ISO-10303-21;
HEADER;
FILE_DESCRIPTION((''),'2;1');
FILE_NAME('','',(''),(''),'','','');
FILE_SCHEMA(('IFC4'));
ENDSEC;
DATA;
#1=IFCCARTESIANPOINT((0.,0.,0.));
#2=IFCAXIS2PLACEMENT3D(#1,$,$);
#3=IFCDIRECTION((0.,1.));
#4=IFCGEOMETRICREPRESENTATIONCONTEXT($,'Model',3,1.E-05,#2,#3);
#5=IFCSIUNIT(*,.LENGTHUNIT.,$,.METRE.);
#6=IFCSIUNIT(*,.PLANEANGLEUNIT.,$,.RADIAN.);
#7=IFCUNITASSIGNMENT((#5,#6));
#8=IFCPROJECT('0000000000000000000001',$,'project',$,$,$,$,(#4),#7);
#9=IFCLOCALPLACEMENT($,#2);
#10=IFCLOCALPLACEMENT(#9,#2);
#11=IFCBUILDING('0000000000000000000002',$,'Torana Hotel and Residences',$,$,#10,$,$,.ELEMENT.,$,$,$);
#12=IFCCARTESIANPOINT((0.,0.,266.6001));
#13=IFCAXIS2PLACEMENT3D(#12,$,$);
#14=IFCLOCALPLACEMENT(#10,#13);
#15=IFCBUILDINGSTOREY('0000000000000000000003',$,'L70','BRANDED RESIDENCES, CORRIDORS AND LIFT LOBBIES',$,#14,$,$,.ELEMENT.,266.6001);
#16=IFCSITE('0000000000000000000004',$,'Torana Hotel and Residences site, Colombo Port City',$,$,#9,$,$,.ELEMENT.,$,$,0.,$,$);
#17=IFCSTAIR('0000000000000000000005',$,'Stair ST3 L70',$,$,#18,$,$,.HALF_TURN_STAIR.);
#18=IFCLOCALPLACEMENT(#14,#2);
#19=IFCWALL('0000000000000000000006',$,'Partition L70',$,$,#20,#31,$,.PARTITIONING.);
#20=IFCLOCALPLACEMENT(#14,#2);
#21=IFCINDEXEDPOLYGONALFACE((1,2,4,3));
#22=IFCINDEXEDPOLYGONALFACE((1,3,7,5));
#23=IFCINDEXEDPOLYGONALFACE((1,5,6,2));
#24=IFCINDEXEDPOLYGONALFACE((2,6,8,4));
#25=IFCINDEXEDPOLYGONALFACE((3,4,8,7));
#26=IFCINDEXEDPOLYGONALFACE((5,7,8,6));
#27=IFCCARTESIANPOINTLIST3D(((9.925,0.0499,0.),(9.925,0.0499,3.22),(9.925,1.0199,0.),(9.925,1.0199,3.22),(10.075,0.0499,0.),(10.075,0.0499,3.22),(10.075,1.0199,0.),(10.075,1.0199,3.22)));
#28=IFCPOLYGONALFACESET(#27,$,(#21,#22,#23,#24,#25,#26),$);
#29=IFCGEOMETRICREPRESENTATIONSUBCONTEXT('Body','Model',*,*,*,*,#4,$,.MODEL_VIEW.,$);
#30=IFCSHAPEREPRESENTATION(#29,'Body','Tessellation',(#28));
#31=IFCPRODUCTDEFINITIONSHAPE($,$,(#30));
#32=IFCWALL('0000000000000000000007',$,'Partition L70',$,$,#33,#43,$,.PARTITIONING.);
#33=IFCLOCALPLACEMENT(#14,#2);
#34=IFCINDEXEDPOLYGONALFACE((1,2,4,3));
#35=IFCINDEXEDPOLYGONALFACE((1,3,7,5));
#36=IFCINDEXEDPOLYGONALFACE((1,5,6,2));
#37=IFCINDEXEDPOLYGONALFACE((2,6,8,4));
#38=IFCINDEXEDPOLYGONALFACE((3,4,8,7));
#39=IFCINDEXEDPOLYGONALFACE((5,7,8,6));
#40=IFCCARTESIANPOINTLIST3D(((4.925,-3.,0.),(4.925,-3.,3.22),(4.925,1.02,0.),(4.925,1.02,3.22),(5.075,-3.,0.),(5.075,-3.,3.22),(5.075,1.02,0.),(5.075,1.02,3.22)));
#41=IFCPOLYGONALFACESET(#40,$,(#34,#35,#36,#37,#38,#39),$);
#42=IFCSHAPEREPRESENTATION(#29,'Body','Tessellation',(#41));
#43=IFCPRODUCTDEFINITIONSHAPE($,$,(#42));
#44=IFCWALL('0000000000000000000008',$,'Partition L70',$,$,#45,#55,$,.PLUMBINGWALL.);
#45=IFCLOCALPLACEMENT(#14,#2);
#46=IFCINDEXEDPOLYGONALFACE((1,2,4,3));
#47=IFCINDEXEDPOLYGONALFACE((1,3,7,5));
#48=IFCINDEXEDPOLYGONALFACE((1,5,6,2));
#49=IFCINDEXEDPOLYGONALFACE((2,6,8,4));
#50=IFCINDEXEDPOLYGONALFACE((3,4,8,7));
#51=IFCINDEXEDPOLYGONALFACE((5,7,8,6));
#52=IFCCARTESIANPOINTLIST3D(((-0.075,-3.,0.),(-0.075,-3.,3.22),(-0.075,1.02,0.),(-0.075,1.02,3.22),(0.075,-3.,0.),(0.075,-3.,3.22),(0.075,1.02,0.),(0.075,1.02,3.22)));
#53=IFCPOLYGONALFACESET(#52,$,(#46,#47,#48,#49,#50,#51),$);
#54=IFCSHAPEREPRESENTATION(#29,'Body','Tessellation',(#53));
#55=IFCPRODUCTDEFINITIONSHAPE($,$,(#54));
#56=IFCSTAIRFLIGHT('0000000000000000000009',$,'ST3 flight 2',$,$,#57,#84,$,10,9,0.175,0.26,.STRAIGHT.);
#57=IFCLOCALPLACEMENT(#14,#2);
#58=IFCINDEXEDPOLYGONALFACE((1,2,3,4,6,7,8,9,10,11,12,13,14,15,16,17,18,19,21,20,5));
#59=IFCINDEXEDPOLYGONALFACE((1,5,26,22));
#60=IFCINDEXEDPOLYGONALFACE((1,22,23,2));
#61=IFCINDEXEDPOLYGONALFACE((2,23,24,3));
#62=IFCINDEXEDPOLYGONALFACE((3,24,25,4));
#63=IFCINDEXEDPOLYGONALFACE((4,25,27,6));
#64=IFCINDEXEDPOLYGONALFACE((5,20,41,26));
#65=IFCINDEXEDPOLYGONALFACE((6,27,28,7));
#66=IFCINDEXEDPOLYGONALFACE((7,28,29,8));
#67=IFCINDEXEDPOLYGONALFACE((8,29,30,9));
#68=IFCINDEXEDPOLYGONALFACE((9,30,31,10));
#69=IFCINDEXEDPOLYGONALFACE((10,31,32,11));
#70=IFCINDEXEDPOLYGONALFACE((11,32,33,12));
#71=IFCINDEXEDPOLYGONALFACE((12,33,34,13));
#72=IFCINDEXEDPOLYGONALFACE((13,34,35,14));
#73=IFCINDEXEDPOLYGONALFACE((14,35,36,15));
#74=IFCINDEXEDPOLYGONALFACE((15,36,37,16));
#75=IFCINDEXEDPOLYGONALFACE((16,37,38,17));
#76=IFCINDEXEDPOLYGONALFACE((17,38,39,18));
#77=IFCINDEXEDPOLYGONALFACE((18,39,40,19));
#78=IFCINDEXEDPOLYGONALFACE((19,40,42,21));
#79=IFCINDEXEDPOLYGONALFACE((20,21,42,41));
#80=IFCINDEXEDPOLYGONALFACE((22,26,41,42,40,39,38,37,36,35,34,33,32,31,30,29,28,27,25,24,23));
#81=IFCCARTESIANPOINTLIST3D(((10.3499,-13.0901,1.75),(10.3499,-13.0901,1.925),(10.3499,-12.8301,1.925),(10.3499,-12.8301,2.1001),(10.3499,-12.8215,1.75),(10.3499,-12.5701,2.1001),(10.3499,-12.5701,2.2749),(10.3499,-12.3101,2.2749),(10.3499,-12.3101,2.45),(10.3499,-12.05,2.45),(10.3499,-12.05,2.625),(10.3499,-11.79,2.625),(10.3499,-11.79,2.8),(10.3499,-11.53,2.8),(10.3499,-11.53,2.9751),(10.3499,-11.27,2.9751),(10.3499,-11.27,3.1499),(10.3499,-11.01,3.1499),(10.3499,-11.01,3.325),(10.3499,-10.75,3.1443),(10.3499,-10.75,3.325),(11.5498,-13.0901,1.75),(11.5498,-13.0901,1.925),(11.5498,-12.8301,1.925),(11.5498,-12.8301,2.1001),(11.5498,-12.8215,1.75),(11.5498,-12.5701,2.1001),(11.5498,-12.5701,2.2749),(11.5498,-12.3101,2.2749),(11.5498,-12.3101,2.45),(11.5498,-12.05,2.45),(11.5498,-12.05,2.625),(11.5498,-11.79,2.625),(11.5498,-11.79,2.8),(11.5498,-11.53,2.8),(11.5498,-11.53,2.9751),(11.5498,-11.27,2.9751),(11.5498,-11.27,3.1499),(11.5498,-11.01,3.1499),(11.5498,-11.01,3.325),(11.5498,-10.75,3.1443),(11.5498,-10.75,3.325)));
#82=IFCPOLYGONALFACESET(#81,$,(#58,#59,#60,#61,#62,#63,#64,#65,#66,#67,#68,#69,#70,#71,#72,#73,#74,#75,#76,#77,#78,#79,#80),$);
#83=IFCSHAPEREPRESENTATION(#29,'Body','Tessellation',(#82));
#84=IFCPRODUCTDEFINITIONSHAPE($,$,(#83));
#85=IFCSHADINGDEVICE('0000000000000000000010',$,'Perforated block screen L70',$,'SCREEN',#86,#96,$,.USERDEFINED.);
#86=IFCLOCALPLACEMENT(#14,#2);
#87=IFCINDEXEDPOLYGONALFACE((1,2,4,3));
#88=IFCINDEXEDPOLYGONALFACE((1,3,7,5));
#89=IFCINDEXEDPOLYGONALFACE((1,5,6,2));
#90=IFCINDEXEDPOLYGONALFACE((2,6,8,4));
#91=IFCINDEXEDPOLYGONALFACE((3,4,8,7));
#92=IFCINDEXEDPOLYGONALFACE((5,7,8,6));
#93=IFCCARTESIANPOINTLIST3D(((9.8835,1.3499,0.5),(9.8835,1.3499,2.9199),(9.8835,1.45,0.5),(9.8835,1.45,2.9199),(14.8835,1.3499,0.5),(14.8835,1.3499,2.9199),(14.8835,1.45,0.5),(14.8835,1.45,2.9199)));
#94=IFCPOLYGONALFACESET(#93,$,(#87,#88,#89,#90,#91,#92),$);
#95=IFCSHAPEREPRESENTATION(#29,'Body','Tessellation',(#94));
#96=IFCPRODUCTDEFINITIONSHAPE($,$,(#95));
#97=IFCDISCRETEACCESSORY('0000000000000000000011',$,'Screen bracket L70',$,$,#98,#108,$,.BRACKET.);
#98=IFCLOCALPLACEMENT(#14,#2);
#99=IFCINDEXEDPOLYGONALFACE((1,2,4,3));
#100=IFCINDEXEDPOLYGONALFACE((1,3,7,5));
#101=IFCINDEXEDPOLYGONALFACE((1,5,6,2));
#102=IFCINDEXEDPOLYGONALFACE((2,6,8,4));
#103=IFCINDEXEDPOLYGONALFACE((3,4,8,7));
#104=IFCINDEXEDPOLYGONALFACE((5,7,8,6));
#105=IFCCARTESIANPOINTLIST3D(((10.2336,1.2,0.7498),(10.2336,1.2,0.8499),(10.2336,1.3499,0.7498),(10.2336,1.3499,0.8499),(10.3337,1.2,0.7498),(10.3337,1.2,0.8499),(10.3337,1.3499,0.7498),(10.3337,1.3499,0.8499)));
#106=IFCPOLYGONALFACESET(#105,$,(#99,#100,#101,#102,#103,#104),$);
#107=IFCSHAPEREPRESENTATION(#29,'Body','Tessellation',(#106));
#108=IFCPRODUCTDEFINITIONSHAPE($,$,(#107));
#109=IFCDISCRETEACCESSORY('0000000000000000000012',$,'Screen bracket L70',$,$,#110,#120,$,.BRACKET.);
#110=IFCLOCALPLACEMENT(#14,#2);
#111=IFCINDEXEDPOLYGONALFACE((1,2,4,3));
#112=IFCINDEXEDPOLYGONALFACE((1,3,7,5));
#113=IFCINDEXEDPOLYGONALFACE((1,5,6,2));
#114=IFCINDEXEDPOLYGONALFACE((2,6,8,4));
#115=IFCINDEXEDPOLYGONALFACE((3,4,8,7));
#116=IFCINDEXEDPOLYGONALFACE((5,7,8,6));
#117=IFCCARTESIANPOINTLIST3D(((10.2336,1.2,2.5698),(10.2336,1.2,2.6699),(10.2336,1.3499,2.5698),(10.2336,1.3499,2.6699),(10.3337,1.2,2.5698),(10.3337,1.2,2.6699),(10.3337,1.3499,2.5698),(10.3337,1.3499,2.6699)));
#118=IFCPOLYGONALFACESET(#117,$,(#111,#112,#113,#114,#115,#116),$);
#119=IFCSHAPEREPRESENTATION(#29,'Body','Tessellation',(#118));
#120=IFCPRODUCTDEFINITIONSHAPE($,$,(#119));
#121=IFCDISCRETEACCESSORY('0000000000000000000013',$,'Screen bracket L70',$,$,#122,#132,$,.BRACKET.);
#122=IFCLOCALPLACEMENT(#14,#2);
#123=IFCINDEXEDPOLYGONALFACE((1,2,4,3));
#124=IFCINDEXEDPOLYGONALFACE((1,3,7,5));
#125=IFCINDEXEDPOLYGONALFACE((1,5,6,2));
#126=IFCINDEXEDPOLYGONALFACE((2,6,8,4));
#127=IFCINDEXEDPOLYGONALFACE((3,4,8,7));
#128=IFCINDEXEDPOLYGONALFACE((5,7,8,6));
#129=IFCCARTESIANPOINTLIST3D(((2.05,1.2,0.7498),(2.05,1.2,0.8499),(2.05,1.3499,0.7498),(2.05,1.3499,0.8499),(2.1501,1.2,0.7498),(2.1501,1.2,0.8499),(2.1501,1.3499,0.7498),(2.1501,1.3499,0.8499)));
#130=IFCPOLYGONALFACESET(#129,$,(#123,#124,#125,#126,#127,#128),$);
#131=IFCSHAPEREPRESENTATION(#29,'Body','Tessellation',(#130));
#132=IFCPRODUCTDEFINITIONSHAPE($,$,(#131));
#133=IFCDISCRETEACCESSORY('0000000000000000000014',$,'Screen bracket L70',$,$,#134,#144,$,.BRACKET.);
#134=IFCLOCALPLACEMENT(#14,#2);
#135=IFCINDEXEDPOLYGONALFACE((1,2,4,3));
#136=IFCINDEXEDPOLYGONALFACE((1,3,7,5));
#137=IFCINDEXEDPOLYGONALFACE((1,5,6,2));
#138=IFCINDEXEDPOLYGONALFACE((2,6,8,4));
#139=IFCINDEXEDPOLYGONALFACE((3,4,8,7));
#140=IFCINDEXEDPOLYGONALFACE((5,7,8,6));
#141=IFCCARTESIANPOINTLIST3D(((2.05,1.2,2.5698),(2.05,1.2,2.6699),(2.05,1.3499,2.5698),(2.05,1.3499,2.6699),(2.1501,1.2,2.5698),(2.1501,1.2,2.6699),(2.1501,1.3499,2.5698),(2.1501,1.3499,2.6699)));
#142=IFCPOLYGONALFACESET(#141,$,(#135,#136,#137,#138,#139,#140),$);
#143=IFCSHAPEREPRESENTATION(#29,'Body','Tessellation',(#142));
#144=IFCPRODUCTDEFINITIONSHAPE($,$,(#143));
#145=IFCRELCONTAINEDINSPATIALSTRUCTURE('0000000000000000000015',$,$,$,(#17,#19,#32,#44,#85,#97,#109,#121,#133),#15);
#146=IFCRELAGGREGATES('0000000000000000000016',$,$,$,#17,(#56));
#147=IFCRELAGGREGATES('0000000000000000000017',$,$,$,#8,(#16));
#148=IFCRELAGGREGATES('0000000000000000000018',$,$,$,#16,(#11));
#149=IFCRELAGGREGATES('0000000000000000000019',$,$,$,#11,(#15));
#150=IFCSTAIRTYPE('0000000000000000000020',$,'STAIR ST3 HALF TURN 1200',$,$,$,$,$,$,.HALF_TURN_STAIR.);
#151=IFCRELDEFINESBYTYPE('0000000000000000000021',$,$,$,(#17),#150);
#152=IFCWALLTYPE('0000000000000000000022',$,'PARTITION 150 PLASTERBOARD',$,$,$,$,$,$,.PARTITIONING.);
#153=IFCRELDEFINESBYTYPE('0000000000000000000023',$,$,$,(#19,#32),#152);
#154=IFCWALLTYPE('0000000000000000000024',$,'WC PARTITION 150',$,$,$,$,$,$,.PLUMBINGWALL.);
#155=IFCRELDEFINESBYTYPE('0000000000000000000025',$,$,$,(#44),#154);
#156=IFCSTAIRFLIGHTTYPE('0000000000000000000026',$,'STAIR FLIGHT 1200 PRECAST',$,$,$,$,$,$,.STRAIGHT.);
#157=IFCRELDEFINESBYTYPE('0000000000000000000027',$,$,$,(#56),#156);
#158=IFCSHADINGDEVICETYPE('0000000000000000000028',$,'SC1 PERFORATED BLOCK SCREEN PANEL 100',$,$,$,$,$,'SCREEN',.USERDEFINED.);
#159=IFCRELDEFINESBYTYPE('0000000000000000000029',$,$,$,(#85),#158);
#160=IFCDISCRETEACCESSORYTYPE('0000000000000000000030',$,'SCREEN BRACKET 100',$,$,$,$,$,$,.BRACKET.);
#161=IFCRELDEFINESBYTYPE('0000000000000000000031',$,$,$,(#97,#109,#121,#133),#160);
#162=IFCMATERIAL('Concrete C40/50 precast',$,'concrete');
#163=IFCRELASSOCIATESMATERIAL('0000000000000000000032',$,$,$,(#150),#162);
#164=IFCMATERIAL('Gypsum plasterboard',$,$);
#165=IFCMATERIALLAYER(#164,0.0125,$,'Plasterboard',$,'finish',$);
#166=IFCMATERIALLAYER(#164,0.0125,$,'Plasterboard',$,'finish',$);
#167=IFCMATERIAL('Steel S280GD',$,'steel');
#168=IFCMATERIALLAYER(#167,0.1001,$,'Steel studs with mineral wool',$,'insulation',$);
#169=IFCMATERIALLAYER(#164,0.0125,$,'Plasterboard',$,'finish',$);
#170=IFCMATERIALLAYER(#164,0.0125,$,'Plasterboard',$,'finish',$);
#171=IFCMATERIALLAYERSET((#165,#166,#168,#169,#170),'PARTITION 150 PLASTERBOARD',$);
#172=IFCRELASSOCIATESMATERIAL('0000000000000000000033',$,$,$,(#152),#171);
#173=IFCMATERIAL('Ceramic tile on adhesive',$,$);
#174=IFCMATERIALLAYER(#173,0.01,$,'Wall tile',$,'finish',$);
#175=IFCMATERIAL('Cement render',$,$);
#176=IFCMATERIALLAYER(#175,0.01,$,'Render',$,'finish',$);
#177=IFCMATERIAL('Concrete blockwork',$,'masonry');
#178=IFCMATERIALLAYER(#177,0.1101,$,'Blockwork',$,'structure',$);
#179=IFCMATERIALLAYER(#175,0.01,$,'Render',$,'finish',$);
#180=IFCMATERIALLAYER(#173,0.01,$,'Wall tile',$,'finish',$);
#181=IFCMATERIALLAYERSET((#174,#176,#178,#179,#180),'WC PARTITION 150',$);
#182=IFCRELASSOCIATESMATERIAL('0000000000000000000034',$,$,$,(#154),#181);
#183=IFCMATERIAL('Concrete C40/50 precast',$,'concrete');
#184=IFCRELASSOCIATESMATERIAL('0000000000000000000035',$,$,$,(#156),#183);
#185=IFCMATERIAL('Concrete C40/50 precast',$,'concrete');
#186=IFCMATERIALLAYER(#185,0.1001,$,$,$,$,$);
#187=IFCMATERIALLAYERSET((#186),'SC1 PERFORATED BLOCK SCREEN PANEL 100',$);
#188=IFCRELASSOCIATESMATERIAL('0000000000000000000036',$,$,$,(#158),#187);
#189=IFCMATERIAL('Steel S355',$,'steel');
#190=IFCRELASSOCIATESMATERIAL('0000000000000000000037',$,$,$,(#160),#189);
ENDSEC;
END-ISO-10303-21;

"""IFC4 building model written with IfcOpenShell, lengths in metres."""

from ifc_helpers import new_model, si_unit, direction, frame, frame_2d, origin, origin_2d, place, context, subcontext, project, spatial, polyline, rectangle, outline, extrude, material, layer, layer_set, type_object, element, aggregate, save


model = new_model("IFC4")

# Units and contexts
model_context = context("Model", 3, precision=1e-05, world=origin(), true_north=direction((0.0, 1.0)))
body_context = subcontext(model_context, "Body", "Model", "MODEL_VIEW")
ifc_project = project(units=[si_unit("LENGTHUNIT", "METRE"), si_unit("PLANEANGLEUNIT", "RADIAN")], contexts=[model_context])

# Site, building, storey
site_placement = place(None, origin())
site = spatial("IfcSite", under=ifc_project, at=site_placement, Name="Torana Hotel and Residences site, Colombo Port City", CompositionType="ELEMENT", RefElevation=0.0)
building_placement = place(site_placement, origin())
building = spatial("IfcBuilding", under=site, at=building_placement, Name="Torana Hotel and Residences", CompositionType="ELEMENT")
storey_placement = place(building_placement, frame((0.0, 0.0, 266.6001)))
storey = spatial("IfcBuildingStorey", under=building, at=storey_placement, Name="L70", Description="BRANDED RESIDENCES, CORRIDORS AND LIFT LOBBIES", CompositionType="ELEMENT", Elevation=266.6001)

# Stair
ifc_material_1 = material(Name="Concrete C40/50 precast", Category="concrete")
stair_type_1 = type_object("IfcStairType", Name="STAIR ST3 HALF TURN 1200", PredefinedType="HALF_TURN_STAIR", material=ifc_material_1)
stair_1_placement = place(storey_placement, origin())
stair_1 = element("IfcStair", 1, at=stair_1_placement, inside=storey, type_object=stair_type_1, Name="Stair ST3 L70", PredefinedType="HALF_TURN_STAIR")

# Walls
ifc_material_2 = material(Name="Concrete blockwork", Category="masonry")
ifc_material_3 = material(Name="Gypsum plasterboard")
ifc_layer_1 = layer(ifc_material_3, 0.0125, Name="Plasterboard", Category="finish")
ifc_layer_2 = layer(ifc_material_3, 0.0125, Name="Plasterboard", Category="finish")
ifc_material_4 = material(Name="Steel S280GD", Category="steel")
ifc_layer_3 = layer(ifc_material_4, 0.1001, Name="Steel studs with mineral wool", Category="insulation")
ifc_layer_4 = layer(ifc_material_3, 0.0125, Name="Plasterboard", Category="finish")
ifc_layer_5 = layer(ifc_material_3, 0.0125, Name="Plasterboard", Category="finish")
ifc_layer_set_1 = layer_set([ifc_layer_1, ifc_layer_2, ifc_layer_3, ifc_layer_4, ifc_layer_5], Name="PARTITION 150 PLASTERBOARD")
wall_type_1 = type_object("IfcWallType", Name="PARTITION 150 PLASTERBOARD", PredefinedType="PARTITIONING", material=ifc_layer_set_1)
wall_1_placement = place(storey_placement, frame((10.0, 0.05, 0.0), z_axis=(0.0, 0.0, 1.0), x_axis=(0.0, 1.0, 0.0)))
element("IfcWall", 2, at=wall_1_placement, inside=storey, type_object=wall_type_1, Name="Partition L70", PredefinedType="PARTITIONING", context=body_context, shape_type="SweptSolid", body=[
    extrude(rectangle(XDim=0.97, YDim=0.1499, at=frame_2d((0.4849, 0.0))), origin(), (0.0, 0.0, 1.0), 3.22),
])
wall_2_placement = place(storey_placement, frame((5.0, -3.0, 0.0), z_axis=(0.0, 0.0, 1.0), x_axis=(0.0, 1.0, 0.0)))
element("IfcWall", 3, at=wall_2_placement, inside=storey, type_object=wall_type_1, Name="Partition L70", PredefinedType="PARTITIONING", context=body_context, shape_type="SweptSolid", body=[
    extrude(rectangle(XDim=4.02, YDim=0.1499, at=frame_2d((2.01, 0.0))), origin(), (0.0, 0.0, 1.0), 3.22),
])
ifc_material_5 = material(Name="Ceramic tile on adhesive")
ifc_layer_6 = layer(ifc_material_5, 0.01, Name="Wall tile", Category="finish")
ifc_material_6 = material(Name="Cement render")
ifc_layer_7 = layer(ifc_material_6, 0.01, Name="Render", Category="finish")
ifc_layer_8 = layer(ifc_material_2, 0.1101, Name="Blockwork", Category="structure")
ifc_layer_9 = layer(ifc_material_6, 0.01, Name="Render", Category="finish")
ifc_layer_10 = layer(ifc_material_5, 0.01, Name="Wall tile", Category="finish")
ifc_layer_set_2 = layer_set([ifc_layer_6, ifc_layer_7, ifc_layer_8, ifc_layer_9, ifc_layer_10], Name="WC PARTITION 150")
wall_type_2 = type_object("IfcWallType", Name="WC PARTITION 150", PredefinedType="PLUMBINGWALL", material=ifc_layer_set_2)
wall_3_placement = place(storey_placement, frame((0.0, -3.0, 0.0), z_axis=(0.0, 0.0, 1.0), x_axis=(0.0, 1.0, 0.0)))
element("IfcWall", 4, at=wall_3_placement, inside=storey, type_object=wall_type_2, Name="Partition L70", PredefinedType="PLUMBINGWALL", context=body_context, shape_type="SweptSolid", body=[
    extrude(rectangle(XDim=4.02, YDim=0.1499, at=frame_2d((2.01, 0.0))), origin(), (0.0, 0.0, 1.0), 3.22),
])

# Stair flight
ifc_material_7 = material(Name="Concrete C40/50 precast", Category="concrete")
stair_flight_type = type_object("IfcStairFlightType", Name="STAIR FLIGHT 1200 PRECAST", PredefinedType="STRAIGHT", material=ifc_material_7)
stair_flight_placement = place(storey_placement, frame((10.95, -13.0901, 1.75), z_axis=(0.0, 0.0, 1.0), x_axis=(0.0, 1.0, 0.0)))
stair_flight = element("IfcStairFlight", 5, at=stair_flight_placement, type_object=stair_flight_type, Name="ST3 flight 2", NumberOfRisers=10, NumberOfTreads=9, PredefinedType="STRAIGHT", RiserHeight=0.175, TreadLength=0.26, context=body_context, shape_type="SweptSolid", body=[
    extrude(outline(polyline([(0.0, 0.0), (0.0, 0.175), (0.26, 0.175), (0.26, 0.3501), (0.52, 0.3501), (0.52, 0.5249), (0.78, 0.5249), (0.78, 0.7), (1.04, 0.7), (1.04, 0.875), (1.3, 0.875), (1.3, 1.05), (1.5601, 1.05), (1.5601, 1.2251), (1.8201, 1.2251), (1.8201, 1.3999), (2.0801, 1.3999), (2.0801, 1.575), (2.3401, 1.575), (2.3401, 1.75), (2.3401, 1.3943), (0.2686, 0.0), (0.0, 0.0)])), frame((0.0, 0.6001, 0.0), z_axis=(0.0, -1.0, 0.0), x_axis=(1.0, 0.0, 0.0)), (0.0, 0.0, 1.0), 1.2),
])
aggregate(stair_1, [stair_flight])

# Shading device
ifc_material_8 = material(Name="Concrete C40/50 precast", Category="concrete")
ifc_layer_11 = layer(ifc_material_8, 0.1001)
ifc_layer_set_3 = layer_set([ifc_layer_11], Name="SC1 PERFORATED BLOCK SCREEN PANEL 100")
shading_device_type = type_object("IfcShadingDeviceType", Name="SC1 PERFORATED BLOCK SCREEN PANEL 100", ElementType="SCREEN", PredefinedType="USERDEFINED", material=ifc_layer_set_3)
shading_device_placement = place(storey_placement, frame((12.3835, 1.3999, 0.5), z_axis=(0.0, 0.0, 1.0), x_axis=(-1.0, 0.0, 0.0)))
element("IfcShadingDevice", 6, at=shading_device_placement, inside=storey, type_object=shading_device_type, Name="Perforated block screen L70", ObjectType="SCREEN", PredefinedType="USERDEFINED", context=body_context, shape_type="SweptSolid", body=[
    extrude(rectangle(XDim=5.0, YDim=0.1001, at=origin_2d()), origin(), (0.0, 0.0, 1.0), 2.4199),
])

# Discrete accessories
ifc_material_9 = material(Name="Steel S355", Category="steel")
discrete_accessory_type = type_object("IfcDiscreteAccessoryType", Name="SCREEN BRACKET 100", PredefinedType="BRACKET", material=ifc_material_9)
for number, where, z_axis, x_axis, name in (
    (7, (10.2837, 1.2749, 0.7498), (0.0, 0.0, 1.0), (-1.0, 0.0, 0.0), "Screen bracket L70"),
    (8, (10.2837, 1.2749, 2.5698), (0.0, 0.0, 1.0), (-1.0, 0.0, 0.0), "Screen bracket L70"),
    (9, (2.1001, 1.2749, 0.7498), (0.0, 0.0, 1.0), (-1.0, 0.0, 0.0), "Screen bracket L70"),
    (10, (2.1001, 1.2749, 2.5698), (0.0, 0.0, 1.0), (-1.0, 0.0, 0.0), "Screen bracket L70"),
):
    element("IfcDiscreteAccessory", number, at=place(storey_placement, frame(where, z_axis=z_axis, x_axis=x_axis)), inside=storey, type_object=discrete_accessory_type, Name=name, PredefinedType="BRACKET", context=body_context, shape_type="SweptSolid", body=[
        extrude(rectangle(XDim=0.1001, YDim=0.1499, at=origin_2d()), origin(), (0.0, 0.0, 1.0), 0.1001),
    ])

save(model, "model.ifc")
